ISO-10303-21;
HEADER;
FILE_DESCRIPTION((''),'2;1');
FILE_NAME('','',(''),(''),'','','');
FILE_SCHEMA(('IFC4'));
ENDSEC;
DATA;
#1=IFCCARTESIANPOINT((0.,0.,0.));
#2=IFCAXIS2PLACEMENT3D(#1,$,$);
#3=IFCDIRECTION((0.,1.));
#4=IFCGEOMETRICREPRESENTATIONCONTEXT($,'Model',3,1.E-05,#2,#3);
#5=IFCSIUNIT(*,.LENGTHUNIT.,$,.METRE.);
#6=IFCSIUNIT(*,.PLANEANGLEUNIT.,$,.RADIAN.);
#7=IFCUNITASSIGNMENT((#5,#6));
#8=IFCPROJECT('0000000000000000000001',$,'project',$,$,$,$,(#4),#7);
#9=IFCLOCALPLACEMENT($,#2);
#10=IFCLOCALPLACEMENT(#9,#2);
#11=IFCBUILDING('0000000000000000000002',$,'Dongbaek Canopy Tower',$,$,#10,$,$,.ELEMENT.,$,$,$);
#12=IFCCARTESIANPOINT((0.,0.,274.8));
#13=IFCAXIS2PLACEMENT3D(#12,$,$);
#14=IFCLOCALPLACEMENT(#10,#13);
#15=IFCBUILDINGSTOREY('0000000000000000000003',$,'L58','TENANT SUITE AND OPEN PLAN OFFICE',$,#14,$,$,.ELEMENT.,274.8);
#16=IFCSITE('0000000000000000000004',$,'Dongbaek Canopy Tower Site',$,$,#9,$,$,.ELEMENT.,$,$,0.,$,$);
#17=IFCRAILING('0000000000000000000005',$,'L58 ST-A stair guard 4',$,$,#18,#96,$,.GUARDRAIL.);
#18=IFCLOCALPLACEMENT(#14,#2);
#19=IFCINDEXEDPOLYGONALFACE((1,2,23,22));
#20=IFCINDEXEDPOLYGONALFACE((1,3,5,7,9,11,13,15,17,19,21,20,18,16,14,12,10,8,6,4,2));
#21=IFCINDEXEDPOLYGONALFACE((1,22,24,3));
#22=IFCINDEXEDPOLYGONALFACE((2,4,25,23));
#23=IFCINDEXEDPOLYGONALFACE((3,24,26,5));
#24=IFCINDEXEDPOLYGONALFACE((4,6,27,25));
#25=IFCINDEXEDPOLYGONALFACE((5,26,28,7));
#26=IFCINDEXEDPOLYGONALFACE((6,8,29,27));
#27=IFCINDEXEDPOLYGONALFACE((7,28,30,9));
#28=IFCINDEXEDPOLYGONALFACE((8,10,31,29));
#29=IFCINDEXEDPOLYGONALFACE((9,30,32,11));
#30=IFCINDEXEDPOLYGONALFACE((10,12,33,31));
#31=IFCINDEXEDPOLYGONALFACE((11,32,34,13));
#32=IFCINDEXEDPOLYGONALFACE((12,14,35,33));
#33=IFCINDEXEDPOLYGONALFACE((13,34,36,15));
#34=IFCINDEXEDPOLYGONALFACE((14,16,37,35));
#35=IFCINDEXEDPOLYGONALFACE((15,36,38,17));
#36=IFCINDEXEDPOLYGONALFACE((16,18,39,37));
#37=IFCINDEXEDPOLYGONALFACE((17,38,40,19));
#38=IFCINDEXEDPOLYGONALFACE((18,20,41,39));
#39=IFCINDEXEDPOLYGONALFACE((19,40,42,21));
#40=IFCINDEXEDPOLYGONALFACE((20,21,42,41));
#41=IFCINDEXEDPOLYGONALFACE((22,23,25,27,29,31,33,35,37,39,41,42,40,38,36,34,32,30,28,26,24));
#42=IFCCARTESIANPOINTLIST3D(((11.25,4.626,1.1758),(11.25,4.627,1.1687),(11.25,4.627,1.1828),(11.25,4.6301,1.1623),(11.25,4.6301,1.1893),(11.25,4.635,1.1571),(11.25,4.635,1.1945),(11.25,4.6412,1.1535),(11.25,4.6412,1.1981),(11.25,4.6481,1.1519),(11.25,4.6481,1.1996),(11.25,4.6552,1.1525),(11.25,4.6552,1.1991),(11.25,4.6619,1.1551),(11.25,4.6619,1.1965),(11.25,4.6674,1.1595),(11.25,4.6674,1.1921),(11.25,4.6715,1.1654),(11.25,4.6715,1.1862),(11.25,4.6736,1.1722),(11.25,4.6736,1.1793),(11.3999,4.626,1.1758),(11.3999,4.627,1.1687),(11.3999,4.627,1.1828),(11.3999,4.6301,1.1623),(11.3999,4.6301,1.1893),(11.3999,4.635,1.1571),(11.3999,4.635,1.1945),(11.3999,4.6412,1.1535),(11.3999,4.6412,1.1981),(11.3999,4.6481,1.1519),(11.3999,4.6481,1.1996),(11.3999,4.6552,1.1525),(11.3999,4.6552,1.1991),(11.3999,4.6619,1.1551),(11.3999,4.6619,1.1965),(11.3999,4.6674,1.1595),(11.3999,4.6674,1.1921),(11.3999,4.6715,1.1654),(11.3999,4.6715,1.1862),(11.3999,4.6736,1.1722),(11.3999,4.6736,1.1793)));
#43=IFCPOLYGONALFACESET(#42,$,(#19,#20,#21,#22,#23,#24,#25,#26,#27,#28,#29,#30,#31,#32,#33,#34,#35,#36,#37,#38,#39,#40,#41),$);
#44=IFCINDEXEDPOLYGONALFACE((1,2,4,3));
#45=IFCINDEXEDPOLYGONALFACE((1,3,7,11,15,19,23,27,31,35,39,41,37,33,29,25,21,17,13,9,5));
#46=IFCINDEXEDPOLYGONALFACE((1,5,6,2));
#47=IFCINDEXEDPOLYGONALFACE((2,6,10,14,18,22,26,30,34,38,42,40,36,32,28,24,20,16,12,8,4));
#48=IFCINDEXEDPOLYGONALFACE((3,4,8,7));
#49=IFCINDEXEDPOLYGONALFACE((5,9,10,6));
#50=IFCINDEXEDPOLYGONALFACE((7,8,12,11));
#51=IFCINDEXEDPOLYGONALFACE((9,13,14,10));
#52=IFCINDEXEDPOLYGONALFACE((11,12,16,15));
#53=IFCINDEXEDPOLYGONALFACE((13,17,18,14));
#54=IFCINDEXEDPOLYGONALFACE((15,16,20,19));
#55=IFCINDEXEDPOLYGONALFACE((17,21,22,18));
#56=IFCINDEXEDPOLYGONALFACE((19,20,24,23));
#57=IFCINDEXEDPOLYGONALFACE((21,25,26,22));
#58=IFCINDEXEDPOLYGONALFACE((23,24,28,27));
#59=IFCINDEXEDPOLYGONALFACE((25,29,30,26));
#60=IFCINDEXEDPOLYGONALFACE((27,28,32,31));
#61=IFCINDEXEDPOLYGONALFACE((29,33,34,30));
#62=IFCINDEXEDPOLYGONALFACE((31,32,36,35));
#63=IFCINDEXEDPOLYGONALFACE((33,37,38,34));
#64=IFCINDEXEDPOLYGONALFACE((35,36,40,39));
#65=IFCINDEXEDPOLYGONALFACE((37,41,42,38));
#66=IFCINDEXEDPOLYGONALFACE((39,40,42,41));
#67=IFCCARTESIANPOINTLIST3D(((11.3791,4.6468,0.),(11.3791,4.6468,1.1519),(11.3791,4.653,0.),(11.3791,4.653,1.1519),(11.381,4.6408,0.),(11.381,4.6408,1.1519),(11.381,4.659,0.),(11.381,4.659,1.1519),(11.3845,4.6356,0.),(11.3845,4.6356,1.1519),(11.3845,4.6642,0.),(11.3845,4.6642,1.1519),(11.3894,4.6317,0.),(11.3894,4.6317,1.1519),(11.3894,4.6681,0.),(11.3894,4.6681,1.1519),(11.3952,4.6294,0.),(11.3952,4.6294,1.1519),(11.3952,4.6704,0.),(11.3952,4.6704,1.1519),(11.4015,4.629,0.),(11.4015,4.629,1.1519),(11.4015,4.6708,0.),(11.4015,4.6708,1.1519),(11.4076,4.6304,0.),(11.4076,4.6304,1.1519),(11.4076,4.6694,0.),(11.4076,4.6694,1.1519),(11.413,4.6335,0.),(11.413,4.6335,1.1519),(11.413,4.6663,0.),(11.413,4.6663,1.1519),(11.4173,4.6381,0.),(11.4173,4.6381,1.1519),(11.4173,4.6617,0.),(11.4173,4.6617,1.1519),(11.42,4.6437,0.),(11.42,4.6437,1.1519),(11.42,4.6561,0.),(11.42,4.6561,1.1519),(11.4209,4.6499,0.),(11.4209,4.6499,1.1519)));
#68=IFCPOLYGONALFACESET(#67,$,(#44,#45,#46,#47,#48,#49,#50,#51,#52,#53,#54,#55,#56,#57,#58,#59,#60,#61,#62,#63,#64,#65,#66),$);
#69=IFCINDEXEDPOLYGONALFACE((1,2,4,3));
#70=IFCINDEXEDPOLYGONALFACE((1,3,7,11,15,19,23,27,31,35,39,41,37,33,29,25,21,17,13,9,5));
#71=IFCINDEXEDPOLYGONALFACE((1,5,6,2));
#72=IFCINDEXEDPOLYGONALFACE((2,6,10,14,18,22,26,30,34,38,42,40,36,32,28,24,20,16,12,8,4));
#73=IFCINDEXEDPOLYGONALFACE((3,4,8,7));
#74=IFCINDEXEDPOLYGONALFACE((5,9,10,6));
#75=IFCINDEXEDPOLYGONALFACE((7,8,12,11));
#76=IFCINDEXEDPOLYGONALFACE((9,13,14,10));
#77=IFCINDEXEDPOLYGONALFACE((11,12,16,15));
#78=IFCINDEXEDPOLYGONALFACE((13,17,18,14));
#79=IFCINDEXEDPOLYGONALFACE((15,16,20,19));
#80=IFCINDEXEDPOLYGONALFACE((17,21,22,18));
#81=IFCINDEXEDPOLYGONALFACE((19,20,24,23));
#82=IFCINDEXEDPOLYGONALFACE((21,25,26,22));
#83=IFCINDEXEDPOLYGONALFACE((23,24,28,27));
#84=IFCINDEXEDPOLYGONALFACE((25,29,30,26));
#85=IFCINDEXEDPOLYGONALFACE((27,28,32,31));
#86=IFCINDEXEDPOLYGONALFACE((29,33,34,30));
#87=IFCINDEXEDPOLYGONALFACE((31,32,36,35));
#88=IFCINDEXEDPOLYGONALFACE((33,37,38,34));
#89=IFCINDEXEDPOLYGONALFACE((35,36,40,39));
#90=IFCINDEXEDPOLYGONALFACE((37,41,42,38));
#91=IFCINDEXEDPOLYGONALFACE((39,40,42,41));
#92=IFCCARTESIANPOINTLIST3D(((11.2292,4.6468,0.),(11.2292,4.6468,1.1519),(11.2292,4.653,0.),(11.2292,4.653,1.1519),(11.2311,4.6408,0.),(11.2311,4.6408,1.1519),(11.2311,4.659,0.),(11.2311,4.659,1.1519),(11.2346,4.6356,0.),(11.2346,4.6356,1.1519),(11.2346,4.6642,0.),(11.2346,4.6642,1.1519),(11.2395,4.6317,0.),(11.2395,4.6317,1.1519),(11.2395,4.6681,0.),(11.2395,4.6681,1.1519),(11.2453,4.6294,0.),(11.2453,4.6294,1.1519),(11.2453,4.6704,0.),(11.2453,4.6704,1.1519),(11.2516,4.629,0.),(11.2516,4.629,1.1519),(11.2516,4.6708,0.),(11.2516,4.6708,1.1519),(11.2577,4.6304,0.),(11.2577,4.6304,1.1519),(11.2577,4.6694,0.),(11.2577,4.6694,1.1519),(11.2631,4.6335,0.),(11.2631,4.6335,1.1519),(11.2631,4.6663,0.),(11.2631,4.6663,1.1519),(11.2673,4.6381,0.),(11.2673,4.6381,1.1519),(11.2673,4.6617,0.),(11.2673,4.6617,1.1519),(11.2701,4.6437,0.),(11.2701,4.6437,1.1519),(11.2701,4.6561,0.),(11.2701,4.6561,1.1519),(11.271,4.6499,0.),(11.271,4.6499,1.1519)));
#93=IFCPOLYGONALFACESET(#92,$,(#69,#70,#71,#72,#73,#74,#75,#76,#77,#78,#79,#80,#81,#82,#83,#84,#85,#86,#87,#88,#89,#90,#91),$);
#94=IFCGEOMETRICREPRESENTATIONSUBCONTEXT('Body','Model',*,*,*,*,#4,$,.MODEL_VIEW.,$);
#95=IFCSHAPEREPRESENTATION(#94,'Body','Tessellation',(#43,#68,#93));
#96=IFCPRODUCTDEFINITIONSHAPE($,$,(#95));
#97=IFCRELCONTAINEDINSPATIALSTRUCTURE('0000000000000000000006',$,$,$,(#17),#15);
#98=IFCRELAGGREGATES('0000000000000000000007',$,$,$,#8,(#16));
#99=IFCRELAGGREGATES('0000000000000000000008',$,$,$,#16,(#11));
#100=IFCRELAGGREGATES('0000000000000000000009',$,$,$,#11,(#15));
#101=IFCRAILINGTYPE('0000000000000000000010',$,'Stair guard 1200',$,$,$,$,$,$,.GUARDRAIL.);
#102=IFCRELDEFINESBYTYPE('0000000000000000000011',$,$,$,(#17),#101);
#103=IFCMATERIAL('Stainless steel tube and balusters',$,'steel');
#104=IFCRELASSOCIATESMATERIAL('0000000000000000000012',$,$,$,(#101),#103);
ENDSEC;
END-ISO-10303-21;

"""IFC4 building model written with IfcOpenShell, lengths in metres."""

from ifc_helpers import new_model, si_unit, direction, frame, origin, origin_2d, place, context, subcontext, project, spatial, circle, extrude, material, type_object, element, save


model = new_model("IFC4")

# Units and contexts
model_context = context("Model", 3, precision=1e-05, world=origin(), true_north=direction((0.0, 1.0)))
body_context = subcontext(model_context, "Body", "Model", "MODEL_VIEW")
ifc_project = project(units=[si_unit("LENGTHUNIT", "METRE"), si_unit("PLANEANGLEUNIT", "RADIAN")], contexts=[model_context])

# Site, building, storey
site_placement = place(None, origin())
site = spatial("IfcSite", under=ifc_project, at=site_placement, Name="Dongbaek Canopy Tower Site", CompositionType="ELEMENT", RefElevation=0.0)
building_placement = place(site_placement, origin())
building = spatial("IfcBuilding", under=site, at=building_placement, Name="Dongbaek Canopy Tower", CompositionType="ELEMENT")
storey_placement = place(building_placement, frame((0.0, 0.0, 274.8)))
storey = spatial("IfcBuildingStorey", under=building, at=storey_placement, Name="L58", Description="TENANT SUITE AND OPEN PLAN OFFICE", CompositionType="ELEMENT", Elevation=274.8)

# Railing
ifc_material_1 = material(Name="Stainless steel tube and balusters", Category="steel")
railing_type_1 = type_object("IfcRailingType", Name="Stair guard 1200", PredefinedType="GUARDRAIL", material=ifc_material_1)
railing_1_placement = place(storey_placement, frame((11.3999, 4.6499, 0.0)))
element("IfcRailing", 1, at=railing_1_placement, inside=storey, type_object=railing_type_1, Name="L58 ST-A stair guard 4", PredefinedType="GUARDRAIL", context=body_context, shape_type="SweptSolid", body=[
    extrude(circle(Radius=0.0239, at=origin_2d()), frame((0.0, 0.0, 1.1758), z_axis=(-1.0, 0.0, 0.0), x_axis=(0.0, -1.0, 0.0)), (0.0, 0.0, 1.0), 0.1499),
    extrude(circle(Radius=0.021, at=origin_2d()), origin(), (0.0, 0.0, 1.0), 1.1519),
    extrude(circle(Radius=0.021, at=origin_2d()), frame((-0.1499, 0.0, 0.0)), (0.0, 0.0, 1.0), 1.1519),
])

save(model, "model.ifc")
